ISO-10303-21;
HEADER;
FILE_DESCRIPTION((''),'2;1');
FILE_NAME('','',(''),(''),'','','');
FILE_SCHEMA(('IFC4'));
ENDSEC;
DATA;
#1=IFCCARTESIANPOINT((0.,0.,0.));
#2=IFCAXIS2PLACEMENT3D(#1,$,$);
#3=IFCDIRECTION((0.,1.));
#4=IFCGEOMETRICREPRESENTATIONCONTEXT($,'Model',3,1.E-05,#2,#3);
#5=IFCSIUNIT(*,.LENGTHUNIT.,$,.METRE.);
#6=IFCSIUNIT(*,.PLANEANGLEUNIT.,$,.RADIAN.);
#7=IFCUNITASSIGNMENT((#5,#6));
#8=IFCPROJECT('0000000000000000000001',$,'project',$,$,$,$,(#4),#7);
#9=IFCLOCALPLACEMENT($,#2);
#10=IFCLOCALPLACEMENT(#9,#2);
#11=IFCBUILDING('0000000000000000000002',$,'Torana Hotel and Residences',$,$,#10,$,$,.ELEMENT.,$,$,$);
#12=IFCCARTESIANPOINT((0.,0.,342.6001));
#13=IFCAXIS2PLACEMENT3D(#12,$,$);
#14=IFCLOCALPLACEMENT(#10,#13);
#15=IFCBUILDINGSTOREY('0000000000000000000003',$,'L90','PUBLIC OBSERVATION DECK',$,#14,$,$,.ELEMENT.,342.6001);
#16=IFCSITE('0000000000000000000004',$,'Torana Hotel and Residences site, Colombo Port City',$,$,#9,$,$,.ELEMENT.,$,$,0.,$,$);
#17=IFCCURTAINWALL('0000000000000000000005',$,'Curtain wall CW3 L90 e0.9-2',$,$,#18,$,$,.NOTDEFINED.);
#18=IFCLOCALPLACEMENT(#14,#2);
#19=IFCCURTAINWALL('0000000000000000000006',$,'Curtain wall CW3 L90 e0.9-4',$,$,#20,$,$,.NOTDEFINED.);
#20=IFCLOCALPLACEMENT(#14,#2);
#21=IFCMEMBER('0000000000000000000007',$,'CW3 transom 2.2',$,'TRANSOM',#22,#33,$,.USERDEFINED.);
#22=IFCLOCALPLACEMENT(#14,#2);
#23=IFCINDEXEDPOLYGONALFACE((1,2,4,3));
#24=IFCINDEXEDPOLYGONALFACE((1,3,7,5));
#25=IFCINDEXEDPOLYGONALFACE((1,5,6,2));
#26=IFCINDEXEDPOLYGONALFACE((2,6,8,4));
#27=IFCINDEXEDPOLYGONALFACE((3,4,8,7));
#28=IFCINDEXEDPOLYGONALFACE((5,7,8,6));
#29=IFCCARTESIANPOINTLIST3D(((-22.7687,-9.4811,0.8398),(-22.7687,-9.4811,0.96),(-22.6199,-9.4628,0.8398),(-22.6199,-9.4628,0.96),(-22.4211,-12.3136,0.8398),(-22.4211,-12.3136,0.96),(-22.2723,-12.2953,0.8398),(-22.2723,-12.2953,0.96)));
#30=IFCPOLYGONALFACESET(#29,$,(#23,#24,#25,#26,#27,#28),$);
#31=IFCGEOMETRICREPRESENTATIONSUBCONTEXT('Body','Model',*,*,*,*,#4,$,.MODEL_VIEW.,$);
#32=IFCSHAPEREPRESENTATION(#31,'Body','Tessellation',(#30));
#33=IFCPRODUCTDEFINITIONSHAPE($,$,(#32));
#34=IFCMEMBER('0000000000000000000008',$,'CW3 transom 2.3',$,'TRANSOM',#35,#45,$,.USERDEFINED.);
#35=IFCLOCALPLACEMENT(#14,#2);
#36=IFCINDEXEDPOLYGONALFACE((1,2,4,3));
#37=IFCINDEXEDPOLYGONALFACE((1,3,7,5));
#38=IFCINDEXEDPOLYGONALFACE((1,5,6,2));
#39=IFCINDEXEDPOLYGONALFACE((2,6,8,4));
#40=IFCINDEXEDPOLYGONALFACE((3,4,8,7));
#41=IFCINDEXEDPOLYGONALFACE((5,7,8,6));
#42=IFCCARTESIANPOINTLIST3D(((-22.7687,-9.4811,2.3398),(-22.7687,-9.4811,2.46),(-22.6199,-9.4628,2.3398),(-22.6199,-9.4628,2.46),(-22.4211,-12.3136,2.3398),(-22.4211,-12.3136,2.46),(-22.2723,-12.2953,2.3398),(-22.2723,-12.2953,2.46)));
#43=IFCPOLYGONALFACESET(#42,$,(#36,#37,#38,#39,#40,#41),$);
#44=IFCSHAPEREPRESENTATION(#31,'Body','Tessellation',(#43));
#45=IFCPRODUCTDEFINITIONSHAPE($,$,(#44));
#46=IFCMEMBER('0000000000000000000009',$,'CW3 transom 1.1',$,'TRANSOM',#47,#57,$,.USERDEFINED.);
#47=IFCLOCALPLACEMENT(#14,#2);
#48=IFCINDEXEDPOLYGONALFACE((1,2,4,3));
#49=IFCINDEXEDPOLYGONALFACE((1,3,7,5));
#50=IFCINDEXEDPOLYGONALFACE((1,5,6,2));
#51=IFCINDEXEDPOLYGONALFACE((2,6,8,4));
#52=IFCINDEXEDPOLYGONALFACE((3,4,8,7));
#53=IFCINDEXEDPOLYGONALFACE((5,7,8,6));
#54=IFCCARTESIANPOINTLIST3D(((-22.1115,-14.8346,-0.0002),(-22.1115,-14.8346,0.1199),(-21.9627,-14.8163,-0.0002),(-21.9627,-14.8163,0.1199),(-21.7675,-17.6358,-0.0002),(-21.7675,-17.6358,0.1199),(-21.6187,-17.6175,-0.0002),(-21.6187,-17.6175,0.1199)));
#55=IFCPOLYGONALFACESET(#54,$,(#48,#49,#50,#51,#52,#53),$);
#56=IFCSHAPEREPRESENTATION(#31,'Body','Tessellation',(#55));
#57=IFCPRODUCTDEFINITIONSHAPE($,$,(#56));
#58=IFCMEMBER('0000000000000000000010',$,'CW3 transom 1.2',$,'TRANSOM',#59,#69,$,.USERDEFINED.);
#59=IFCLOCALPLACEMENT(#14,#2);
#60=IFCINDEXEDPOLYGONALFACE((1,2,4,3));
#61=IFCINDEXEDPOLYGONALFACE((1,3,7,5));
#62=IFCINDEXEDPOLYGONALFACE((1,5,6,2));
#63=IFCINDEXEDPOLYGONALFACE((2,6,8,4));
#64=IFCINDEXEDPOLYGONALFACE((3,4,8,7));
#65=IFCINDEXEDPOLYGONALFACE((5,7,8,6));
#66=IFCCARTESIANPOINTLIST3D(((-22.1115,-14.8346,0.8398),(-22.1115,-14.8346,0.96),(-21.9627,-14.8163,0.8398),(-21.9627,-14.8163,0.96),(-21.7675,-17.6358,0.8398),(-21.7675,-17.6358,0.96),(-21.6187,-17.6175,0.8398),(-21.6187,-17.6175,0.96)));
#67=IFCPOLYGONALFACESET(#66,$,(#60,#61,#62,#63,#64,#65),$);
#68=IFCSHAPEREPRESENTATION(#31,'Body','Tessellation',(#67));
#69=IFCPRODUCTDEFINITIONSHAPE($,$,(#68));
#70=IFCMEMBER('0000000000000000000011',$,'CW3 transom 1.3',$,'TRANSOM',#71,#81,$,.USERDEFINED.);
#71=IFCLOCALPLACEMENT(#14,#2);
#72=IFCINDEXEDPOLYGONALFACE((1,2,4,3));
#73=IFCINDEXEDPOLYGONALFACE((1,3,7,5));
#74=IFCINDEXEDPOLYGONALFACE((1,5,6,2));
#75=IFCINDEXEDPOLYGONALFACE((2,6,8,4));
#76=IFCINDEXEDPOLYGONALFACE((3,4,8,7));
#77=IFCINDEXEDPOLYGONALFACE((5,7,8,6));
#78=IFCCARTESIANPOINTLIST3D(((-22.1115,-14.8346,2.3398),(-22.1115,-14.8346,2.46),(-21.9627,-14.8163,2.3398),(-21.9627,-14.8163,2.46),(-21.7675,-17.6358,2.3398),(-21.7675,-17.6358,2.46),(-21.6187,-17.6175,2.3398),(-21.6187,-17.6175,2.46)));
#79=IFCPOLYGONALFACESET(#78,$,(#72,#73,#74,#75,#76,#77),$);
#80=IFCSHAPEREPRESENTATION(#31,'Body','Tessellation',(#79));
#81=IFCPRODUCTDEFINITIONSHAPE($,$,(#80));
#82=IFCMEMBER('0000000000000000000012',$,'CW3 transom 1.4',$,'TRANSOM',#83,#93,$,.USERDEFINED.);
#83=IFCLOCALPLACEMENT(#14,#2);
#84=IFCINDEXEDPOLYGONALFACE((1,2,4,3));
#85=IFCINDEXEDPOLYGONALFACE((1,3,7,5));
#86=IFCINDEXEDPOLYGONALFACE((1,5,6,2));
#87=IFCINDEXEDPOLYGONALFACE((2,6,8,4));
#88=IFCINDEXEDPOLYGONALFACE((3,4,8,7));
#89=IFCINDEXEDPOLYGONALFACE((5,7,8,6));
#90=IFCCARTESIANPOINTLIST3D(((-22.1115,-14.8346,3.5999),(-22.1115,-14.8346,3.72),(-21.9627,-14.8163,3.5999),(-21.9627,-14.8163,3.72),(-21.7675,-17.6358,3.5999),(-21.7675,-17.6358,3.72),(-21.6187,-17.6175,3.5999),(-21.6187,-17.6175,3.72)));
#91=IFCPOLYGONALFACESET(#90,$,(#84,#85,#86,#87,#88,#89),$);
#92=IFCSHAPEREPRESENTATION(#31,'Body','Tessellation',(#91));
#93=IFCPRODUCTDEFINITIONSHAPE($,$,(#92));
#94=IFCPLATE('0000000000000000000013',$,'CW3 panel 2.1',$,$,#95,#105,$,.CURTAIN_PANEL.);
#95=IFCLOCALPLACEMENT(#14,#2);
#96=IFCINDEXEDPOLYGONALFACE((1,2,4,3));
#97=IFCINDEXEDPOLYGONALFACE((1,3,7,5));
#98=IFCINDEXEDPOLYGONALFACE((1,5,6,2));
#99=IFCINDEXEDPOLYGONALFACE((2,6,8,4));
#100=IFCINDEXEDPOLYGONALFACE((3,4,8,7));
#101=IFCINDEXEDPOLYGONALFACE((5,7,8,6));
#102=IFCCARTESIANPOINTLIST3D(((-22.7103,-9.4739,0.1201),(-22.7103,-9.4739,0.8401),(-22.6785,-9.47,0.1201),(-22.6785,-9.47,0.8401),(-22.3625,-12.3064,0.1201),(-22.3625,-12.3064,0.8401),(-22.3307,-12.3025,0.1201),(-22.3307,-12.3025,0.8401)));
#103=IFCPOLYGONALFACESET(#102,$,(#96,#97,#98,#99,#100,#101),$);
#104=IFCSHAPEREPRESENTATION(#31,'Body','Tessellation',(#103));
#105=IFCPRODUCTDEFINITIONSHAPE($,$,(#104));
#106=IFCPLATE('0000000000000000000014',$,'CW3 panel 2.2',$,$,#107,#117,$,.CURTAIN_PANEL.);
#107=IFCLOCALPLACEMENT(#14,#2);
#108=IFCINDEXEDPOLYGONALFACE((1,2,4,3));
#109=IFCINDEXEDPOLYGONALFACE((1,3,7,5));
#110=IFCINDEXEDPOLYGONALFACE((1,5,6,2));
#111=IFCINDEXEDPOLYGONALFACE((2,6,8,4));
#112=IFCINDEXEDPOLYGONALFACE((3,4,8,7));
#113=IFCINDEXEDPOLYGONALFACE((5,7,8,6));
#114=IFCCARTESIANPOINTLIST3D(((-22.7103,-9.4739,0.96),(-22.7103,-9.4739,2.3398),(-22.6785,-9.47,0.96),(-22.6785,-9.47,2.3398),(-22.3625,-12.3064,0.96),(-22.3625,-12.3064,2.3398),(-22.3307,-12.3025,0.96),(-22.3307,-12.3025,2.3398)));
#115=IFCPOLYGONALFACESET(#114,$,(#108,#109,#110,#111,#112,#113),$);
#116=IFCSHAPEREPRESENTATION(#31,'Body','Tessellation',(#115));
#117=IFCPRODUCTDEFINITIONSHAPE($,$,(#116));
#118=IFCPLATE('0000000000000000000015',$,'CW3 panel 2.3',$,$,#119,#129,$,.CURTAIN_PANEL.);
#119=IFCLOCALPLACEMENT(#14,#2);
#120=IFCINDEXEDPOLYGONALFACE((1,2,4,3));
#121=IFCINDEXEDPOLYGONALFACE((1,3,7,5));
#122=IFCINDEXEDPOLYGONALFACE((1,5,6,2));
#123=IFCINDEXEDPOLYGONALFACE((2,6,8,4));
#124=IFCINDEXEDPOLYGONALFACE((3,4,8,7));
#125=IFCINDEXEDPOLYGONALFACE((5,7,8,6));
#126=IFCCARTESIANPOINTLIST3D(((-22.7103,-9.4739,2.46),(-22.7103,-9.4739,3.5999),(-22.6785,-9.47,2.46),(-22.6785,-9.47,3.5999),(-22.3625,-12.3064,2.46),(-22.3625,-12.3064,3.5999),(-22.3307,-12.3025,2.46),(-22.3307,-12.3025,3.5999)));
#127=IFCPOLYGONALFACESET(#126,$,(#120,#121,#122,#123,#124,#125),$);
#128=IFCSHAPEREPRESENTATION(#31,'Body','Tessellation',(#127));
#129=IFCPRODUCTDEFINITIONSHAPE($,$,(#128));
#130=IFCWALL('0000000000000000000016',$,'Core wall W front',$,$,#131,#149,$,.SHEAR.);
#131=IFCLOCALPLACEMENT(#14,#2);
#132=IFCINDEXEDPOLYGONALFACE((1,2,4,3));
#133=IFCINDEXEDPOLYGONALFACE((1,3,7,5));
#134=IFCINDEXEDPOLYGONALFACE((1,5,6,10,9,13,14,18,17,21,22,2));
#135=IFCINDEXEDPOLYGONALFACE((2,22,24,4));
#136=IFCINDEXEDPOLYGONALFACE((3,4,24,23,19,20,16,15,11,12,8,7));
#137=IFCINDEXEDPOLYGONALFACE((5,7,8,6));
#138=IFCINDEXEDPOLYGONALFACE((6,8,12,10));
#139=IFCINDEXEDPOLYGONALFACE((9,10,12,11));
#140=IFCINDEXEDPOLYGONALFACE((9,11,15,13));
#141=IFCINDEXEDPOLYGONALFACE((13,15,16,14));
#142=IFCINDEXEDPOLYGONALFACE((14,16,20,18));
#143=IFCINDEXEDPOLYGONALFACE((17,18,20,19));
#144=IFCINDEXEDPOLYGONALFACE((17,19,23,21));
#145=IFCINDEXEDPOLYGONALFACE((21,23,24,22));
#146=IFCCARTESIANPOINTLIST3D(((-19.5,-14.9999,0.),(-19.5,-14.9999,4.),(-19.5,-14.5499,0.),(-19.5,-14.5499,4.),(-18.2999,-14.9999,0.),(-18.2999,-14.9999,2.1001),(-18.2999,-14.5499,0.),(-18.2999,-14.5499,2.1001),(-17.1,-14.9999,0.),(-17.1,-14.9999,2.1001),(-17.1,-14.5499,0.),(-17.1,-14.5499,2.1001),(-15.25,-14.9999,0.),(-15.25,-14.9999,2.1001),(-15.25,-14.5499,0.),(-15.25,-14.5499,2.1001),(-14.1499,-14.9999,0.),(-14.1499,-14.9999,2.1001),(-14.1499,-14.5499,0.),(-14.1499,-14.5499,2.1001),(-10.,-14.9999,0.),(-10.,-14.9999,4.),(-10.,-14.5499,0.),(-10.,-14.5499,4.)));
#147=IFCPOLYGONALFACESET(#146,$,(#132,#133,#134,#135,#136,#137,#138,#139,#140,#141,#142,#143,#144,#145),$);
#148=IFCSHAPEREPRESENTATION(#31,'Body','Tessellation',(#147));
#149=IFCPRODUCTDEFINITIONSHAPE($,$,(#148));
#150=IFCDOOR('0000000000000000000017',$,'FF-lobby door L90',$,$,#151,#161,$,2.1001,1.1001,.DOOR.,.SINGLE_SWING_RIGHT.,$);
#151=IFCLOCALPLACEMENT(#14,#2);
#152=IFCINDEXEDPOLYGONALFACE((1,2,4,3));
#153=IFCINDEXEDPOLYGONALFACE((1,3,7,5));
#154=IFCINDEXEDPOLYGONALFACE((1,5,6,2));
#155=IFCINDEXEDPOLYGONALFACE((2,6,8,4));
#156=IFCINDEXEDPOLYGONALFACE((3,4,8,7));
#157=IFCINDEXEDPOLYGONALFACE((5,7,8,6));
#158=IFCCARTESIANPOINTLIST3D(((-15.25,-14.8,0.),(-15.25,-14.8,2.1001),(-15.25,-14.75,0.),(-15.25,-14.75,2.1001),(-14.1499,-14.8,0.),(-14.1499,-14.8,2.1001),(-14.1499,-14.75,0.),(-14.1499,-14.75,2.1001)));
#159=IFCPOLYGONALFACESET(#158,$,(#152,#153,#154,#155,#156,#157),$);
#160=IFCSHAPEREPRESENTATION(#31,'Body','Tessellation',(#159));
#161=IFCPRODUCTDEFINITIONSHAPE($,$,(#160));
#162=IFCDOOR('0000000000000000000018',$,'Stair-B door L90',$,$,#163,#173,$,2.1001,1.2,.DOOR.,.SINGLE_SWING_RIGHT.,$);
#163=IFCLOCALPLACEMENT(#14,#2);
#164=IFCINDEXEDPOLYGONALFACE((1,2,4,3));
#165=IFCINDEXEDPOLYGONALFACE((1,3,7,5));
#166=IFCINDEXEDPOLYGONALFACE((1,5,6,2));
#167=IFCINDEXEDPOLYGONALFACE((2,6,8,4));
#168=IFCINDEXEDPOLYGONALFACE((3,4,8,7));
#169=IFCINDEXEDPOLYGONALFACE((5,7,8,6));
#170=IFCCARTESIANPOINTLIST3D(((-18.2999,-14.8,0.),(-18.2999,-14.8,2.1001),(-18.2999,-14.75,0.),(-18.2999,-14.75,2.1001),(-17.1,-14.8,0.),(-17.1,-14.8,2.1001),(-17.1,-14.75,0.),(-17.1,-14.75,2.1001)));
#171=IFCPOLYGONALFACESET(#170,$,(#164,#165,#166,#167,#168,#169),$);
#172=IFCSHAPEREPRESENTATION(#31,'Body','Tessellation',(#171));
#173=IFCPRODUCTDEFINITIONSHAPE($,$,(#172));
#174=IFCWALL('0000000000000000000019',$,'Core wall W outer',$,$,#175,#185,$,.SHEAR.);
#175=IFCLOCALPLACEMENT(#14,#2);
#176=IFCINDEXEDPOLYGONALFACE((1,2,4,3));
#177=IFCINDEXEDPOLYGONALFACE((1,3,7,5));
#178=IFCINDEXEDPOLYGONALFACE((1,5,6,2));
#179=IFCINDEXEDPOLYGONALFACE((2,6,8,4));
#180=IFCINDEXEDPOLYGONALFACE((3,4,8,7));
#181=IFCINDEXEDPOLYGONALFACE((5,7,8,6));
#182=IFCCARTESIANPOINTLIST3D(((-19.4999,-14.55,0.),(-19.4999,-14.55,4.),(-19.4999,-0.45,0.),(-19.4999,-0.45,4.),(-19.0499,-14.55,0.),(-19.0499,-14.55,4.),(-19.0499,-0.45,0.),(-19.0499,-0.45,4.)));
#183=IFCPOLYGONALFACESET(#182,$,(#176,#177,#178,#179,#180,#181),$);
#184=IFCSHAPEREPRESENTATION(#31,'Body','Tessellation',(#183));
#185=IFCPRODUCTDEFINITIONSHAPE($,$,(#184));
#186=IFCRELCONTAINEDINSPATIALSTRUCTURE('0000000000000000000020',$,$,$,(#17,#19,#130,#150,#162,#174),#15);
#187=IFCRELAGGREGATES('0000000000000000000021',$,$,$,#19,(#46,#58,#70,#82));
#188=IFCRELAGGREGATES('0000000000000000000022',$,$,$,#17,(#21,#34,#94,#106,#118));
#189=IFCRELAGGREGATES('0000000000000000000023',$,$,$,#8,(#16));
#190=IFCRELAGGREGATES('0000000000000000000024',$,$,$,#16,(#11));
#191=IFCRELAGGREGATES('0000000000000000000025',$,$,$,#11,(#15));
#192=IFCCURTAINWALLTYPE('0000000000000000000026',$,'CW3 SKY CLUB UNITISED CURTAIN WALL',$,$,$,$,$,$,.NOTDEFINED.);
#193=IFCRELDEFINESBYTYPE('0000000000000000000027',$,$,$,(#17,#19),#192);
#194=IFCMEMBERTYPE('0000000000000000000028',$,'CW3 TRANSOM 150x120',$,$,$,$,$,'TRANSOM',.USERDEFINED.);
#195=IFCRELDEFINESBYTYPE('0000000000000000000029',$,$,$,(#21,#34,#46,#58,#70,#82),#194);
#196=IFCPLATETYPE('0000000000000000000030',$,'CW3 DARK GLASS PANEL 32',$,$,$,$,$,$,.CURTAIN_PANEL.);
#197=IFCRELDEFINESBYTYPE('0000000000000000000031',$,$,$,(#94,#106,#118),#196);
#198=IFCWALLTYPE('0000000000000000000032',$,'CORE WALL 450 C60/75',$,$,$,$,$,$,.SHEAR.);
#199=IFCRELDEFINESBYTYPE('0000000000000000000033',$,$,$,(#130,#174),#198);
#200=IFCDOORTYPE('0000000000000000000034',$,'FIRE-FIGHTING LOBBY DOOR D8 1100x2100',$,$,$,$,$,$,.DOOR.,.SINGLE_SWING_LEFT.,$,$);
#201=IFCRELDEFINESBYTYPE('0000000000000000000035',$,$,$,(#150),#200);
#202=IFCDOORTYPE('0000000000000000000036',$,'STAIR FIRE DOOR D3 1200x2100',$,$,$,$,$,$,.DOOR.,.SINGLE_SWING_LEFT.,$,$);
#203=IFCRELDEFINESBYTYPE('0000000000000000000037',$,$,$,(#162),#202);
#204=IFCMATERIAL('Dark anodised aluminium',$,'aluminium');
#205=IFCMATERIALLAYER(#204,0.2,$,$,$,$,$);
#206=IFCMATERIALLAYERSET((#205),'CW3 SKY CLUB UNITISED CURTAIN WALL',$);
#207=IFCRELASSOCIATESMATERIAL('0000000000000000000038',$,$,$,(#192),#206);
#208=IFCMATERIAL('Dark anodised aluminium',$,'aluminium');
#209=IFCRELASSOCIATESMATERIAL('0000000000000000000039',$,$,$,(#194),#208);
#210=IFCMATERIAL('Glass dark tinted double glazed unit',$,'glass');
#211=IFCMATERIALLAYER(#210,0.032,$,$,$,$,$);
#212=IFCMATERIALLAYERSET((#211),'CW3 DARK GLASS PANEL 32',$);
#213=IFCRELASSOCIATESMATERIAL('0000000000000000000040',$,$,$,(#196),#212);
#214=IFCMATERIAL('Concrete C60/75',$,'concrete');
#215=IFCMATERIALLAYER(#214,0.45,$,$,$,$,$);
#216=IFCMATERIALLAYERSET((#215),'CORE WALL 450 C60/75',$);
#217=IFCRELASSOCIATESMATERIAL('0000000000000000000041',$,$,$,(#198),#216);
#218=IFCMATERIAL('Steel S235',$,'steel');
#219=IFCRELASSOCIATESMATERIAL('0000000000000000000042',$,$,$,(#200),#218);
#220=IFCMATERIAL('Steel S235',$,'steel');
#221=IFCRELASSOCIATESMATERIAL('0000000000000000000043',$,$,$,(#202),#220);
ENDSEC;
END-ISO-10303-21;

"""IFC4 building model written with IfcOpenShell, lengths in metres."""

from ifc_helpers import new_model, si_unit, direction, frame, frame_2d, origin, origin_2d, place, context, subcontext, project, spatial, rectangle, extrude, material, layer, layer_set, material_profile, profile_set, type_object, element, fill, aggregate, save


model = new_model("IFC4")

# Units and contexts
model_context = context("Model", 3, precision=1e-05, world=origin(), true_north=direction((0.0, 1.0)))
body_context = subcontext(model_context, "Body", "Model", "MODEL_VIEW")
ifc_project = project(units=[si_unit("LENGTHUNIT", "METRE"), si_unit("PLANEANGLEUNIT", "RADIAN")], contexts=[model_context])

# Site, building, storey
site_placement = place(None, origin())
site = spatial("IfcSite", under=ifc_project, at=site_placement, Name="Torana Hotel and Residences site, Colombo Port City", CompositionType="ELEMENT", RefElevation=0.0)
building_placement = place(site_placement, origin())
building = spatial("IfcBuilding", under=site, at=building_placement, Name="Torana Hotel and Residences", CompositionType="ELEMENT")
storey_placement = place(building_placement, frame((0.0, 0.0, 342.6001)))
storey = spatial("IfcBuildingStorey", under=building, at=storey_placement, Name="L90", Description="PUBLIC OBSERVATION DECK", CompositionType="ELEMENT", Elevation=342.6001)

# Curtain walls
ifc_material_1 = material(Name="Dark anodised aluminium", Category="aluminium")
ifc_layer_1 = layer(ifc_material_1, 0.2)
ifc_layer_set_1 = layer_set([ifc_layer_1], Name="CW3 SKY CLUB UNITISED CURTAIN WALL")
curtain_wall_type = type_object("IfcCurtainWallType", Name="CW3 SKY CLUB UNITISED CURTAIN WALL", PredefinedType="NOTDEFINED", material=ifc_layer_set_1)
curtain_wall_1_placement = place(storey_placement, origin())
curtain_wall_1 = element("IfcCurtainWall", 1, at=curtain_wall_1_placement, inside=storey, type_object=curtain_wall_type, Name="Curtain wall CW3 L90 e0.9-2", PredefinedType="NOTDEFINED")
curtain_wall_2_placement = place(storey_placement, origin())
curtain_wall_2 = element("IfcCurtainWall", 2, at=curtain_wall_2_placement, inside=storey, type_object=curtain_wall_type, Name="Curtain wall CW3 L90 e0.9-4", PredefinedType="NOTDEFINED")

# Members
ifc_material_2 = material(Name="Dark anodised aluminium", Category="aluminium")
ifc_material_profile_1 = material_profile(ifc_material_2, rectangle(XDim=0.1499, YDim=0.1201, at=origin_2d()), Name="CW3 TRANSOM 150x120")
ifc_profile_set_1 = profile_set([ifc_material_profile_1], Name="Dark anodised aluminium")
member_type_1 = type_object("IfcMemberType", Name="CW3 TRANSOM 150x120", ElementType="TRANSOM", PredefinedType="USERDEFINED", material=ifc_profile_set_1)
member_1_placement = place(storey_placement, frame((-22.6943, -9.4719, 0.8999), z_axis=(0.121823, -0.992552, 0.0), x_axis=(0.992552, 0.121823, 0.0)))
member_1 = element("IfcMember", 3, at=member_1_placement, type_object=member_type_1, Name="CW3 transom 2.2", ObjectType="TRANSOM", PredefinedType="USERDEFINED", context=body_context, shape_type="SweptSolid", body=[
    extrude(rectangle(XDim=0.1499, YDim=0.1201, at=origin_2d()), origin(), (0.0, 0.0, 1.0), 2.8538),
])
member_2_placement = place(storey_placement, frame((-22.6943, -9.4719, 2.3999), z_axis=(0.121823, -0.992552, 0.0), x_axis=(0.992552, 0.121823, 0.0)))
member_2 = element("IfcMember", 4, at=member_2_placement, type_object=member_type_1, Name="CW3 transom 2.3", ObjectType="TRANSOM", PredefinedType="USERDEFINED", context=body_context, shape_type="SweptSolid", body=[
    extrude(rectangle(XDim=0.1499, YDim=0.1201, at=origin_2d()), origin(), (0.0, 0.0, 1.0), 2.8538),
])
member_3_placement = place(storey_placement, frame((-22.0371, -14.8254, 0.0598), z_axis=(0.121884, -0.992544, 0.0), x_axis=(0.992544, 0.121884, 0.0)))
member_3 = element("IfcMember", 5, at=member_3_placement, type_object=member_type_1, Name="CW3 transom 1.1", ObjectType="TRANSOM", PredefinedType="USERDEFINED", context=body_context, shape_type="SweptSolid", body=[
    extrude(rectangle(XDim=0.1499, YDim=0.1201, at=origin_2d()), origin(), (0.0, 0.0, 1.0), 2.8223),
])
member_4_placement = place(storey_placement, frame((-22.0371, -14.8254, 0.8999), z_axis=(0.121884, -0.992544, 0.0), x_axis=(0.992544, 0.121884, 0.0)))
member_4 = element("IfcMember", 6, at=member_4_placement, type_object=member_type_1, Name="CW3 transom 1.2", ObjectType="TRANSOM", PredefinedType="USERDEFINED", context=body_context, shape_type="SweptSolid", body=[
    extrude(rectangle(XDim=0.1499, YDim=0.1201, at=origin_2d()), origin(), (0.0, 0.0, 1.0), 2.8223),
])
member_5_placement = place(storey_placement, frame((-22.0371, -14.8254, 2.3999), z_axis=(0.121884, -0.992544, 0.0), x_axis=(0.992544, 0.121884, 0.0)))
member_5 = element("IfcMember", 7, at=member_5_placement, type_object=member_type_1, Name="CW3 transom 1.3", ObjectType="TRANSOM", PredefinedType="USERDEFINED", context=body_context, shape_type="SweptSolid", body=[
    extrude(rectangle(XDim=0.1499, YDim=0.1201, at=origin_2d()), origin(), (0.0, 0.0, 1.0), 2.8223),
])
member_6_placement = place(storey_placement, frame((-22.0371, -14.8254, 3.6599), z_axis=(0.121884, -0.992544, 0.0), x_axis=(0.992544, 0.121884, 0.0)))
member_6 = element("IfcMember", 8, at=member_6_placement, type_object=member_type_1, Name="CW3 transom 1.4", ObjectType="TRANSOM", PredefinedType="USERDEFINED", context=body_context, shape_type="SweptSolid", body=[
    extrude(rectangle(XDim=0.1499, YDim=0.1201, at=origin_2d()), origin(), (0.0, 0.0, 1.0), 2.8223),
])
aggregate(curtain_wall_2, [member_3, member_4, member_5, member_6])

# Plates
ifc_material_3 = material(Name="Glass dark tinted double glazed unit", Category="glass")
ifc_layer_2 = layer(ifc_material_3, 0.032)
ifc_layer_set_2 = layer_set([ifc_layer_2], Name="CW3 DARK GLASS PANEL 32")
plate_type = type_object("IfcPlateType", Name="CW3 DARK GLASS PANEL 32", PredefinedType="CURTAIN_PANEL", material=ifc_layer_set_2)
plate_1_placement = place(storey_placement, frame((-22.5205, -10.8882, 0.1201), z_axis=(0.0, 0.0, 1.0), x_axis=(0.121876, -0.992545, 0.0)))
plate_1 = element("IfcPlate", 9, at=plate_1_placement, type_object=plate_type, Name="CW3 panel 2.1", PredefinedType="CURTAIN_PANEL", context=body_context, shape_type="SweptSolid", body=[
    extrude(rectangle(XDim=2.8538, YDim=0.032, at=origin_2d()), origin(), (0.0, 0.0, 1.0), 0.72),
])
plate_2_placement = place(storey_placement, frame((-22.5205, -10.8882, 0.96), z_axis=(0.0, 0.0, 1.0), x_axis=(0.121876, -0.992545, 0.0)))
plate_2 = element("IfcPlate", 10, at=plate_2_placement, type_object=plate_type, Name="CW3 panel 2.2", PredefinedType="CURTAIN_PANEL", context=body_context, shape_type="SweptSolid", body=[
    extrude(rectangle(XDim=2.8538, YDim=0.032, at=origin_2d()), origin(), (0.0, 0.0, 1.0), 1.3799),
])
plate_3_placement = place(storey_placement, frame((-22.5205, -10.8882, 2.46), z_axis=(0.0, 0.0, 1.0), x_axis=(0.121876, -0.992545, 0.0)))
plate_3 = element("IfcPlate", 11, at=plate_3_placement, type_object=plate_type, Name="CW3 panel 2.3", PredefinedType="CURTAIN_PANEL", context=body_context, shape_type="SweptSolid", body=[
    extrude(rectangle(XDim=2.8538, YDim=0.032, at=origin_2d()), origin(), (0.0, 0.0, 1.0), 1.1399),
])
aggregate(curtain_wall_1, [member_1, member_2, plate_1, plate_2, plate_3])

# Wall, openings, doors
ifc_material_4 = material(Name="Concrete C60/75", Category="concrete")
ifc_layer_3 = layer(ifc_material_4, 0.45)
ifc_layer_set_3 = layer_set([ifc_layer_3], Name="CORE WALL 450 C60/75")
wall_type_1 = type_object("IfcWallType", Name="CORE WALL 450 C60/75", PredefinedType="SHEAR", material=ifc_layer_set_3)
wall_1_placement = place(storey_placement, frame((-19.5, -14.7749, 0.0), z_axis=(0.0, 0.0, 1.0), x_axis=(1.0, 0.0, 0.0)))
wall_1 = element("IfcWall", 12, at=wall_1_placement, inside=storey, type_object=wall_type_1, Name="Core wall W front", PredefinedType="SHEAR", context=body_context, shape_type="SweptSolid", body=[
    extrude(rectangle(XDim=9.5, YDim=0.45, at=frame_2d((4.75, 0.0))), origin(), (0.0, 0.0, 1.0), 4.0),
])
opening_1_placement = place(wall_1_placement, frame((1.2, 0.0, 0.0)))
opening_1 = element("IfcOpeningElement", 13, at=opening_1_placement, cuts=wall_1, PredefinedType="OPENING", context=body_context, shape_type="SweptSolid", body=[
    extrude(rectangle(XDim=1.2, YDim=2.1001, at=frame_2d((0.6001, 1.05))), frame((0.0, 0.2349, 0.0), z_axis=(0.0, -1.0, 0.0), x_axis=(1.0, 0.0, 0.0)), (0.0, 0.0, 1.0), 0.47),
])
opening_2_placement = place(wall_1_placement, frame((4.25, 0.0, 0.0)))
opening_2 = element("IfcOpeningElement", 14, at=opening_2_placement, cuts=wall_1, PredefinedType="OPENING", context=body_context, shape_type="SweptSolid", body=[
    extrude(rectangle(XDim=1.1001, YDim=2.1001, at=frame_2d((0.55, 1.05))), frame((0.0, 0.2349, 0.0), z_axis=(0.0, -1.0, 0.0), x_axis=(1.0, 0.0, 0.0)), (0.0, 0.0, 1.0), 0.47),
])
ifc_material_5 = material(Name="Steel S235", Category="steel")
door_type_1 = type_object("IfcDoorType", Name="FIRE-FIGHTING LOBBY DOOR D8 1100x2100", OperationType="SINGLE_SWING_LEFT", PredefinedType="DOOR", material=ifc_material_5)
door_1_placement = place(opening_2_placement, origin())
door_1 = element("IfcDoor", 15, at=door_1_placement, inside=storey, type_object=door_type_1, Name="FF-lobby door L90", OperationType="SINGLE_SWING_RIGHT", OverallHeight=2.1001, OverallWidth=1.1001, PredefinedType="DOOR", context=body_context, shape_type="SweptSolid", body=[
    extrude(rectangle(XDim=1.1001, YDim=2.1001, at=frame_2d((0.55, 1.05))), frame((0.0, 0.0249, 0.0), z_axis=(0.0, -1.0, 0.0), x_axis=(1.0, 0.0, 0.0)), (0.0, 0.0, 1.0), 0.05),
])
fill(opening_2, door_1)
ifc_material_6 = material(Name="Steel S235", Category="steel")
door_type_2 = type_object("IfcDoorType", Name="STAIR FIRE DOOR D3 1200x2100", OperationType="SINGLE_SWING_LEFT", PredefinedType="DOOR", material=ifc_material_6)
door_2_placement = place(opening_1_placement, origin())
door_2 = element("IfcDoor", 16, at=door_2_placement, inside=storey, type_object=door_type_2, Name="Stair-B door L90", OperationType="SINGLE_SWING_RIGHT", OverallHeight=2.1001, OverallWidth=1.2, PredefinedType="DOOR", context=body_context, shape_type="SweptSolid", body=[
    extrude(rectangle(XDim=1.2, YDim=2.1001, at=frame_2d((0.6001, 1.05))), frame((0.0, 0.0249, 0.0), z_axis=(0.0, -1.0, 0.0), x_axis=(1.0, 0.0, 0.0)), (0.0, 0.0, 1.0), 0.05),
])
fill(opening_1, door_2)

# Wall
wall_2_placement = place(storey_placement, frame((-19.2749, -14.55, 0.0), z_axis=(0.0, 0.0, 1.0), x_axis=(0.0, 1.0, 0.0)))
element("IfcWall", 17, at=wall_2_placement, inside=storey, type_object=wall_type_1, Name="Core wall W outer", PredefinedType="SHEAR", context=body_context, shape_type="SweptSolid", body=[
    extrude(rectangle(XDim=14.1001, YDim=0.45, at=frame_2d((7.05, 0.0))), origin(), (0.0, 0.0, 1.0), 4.0),
])

save(model, "model.ifc")
